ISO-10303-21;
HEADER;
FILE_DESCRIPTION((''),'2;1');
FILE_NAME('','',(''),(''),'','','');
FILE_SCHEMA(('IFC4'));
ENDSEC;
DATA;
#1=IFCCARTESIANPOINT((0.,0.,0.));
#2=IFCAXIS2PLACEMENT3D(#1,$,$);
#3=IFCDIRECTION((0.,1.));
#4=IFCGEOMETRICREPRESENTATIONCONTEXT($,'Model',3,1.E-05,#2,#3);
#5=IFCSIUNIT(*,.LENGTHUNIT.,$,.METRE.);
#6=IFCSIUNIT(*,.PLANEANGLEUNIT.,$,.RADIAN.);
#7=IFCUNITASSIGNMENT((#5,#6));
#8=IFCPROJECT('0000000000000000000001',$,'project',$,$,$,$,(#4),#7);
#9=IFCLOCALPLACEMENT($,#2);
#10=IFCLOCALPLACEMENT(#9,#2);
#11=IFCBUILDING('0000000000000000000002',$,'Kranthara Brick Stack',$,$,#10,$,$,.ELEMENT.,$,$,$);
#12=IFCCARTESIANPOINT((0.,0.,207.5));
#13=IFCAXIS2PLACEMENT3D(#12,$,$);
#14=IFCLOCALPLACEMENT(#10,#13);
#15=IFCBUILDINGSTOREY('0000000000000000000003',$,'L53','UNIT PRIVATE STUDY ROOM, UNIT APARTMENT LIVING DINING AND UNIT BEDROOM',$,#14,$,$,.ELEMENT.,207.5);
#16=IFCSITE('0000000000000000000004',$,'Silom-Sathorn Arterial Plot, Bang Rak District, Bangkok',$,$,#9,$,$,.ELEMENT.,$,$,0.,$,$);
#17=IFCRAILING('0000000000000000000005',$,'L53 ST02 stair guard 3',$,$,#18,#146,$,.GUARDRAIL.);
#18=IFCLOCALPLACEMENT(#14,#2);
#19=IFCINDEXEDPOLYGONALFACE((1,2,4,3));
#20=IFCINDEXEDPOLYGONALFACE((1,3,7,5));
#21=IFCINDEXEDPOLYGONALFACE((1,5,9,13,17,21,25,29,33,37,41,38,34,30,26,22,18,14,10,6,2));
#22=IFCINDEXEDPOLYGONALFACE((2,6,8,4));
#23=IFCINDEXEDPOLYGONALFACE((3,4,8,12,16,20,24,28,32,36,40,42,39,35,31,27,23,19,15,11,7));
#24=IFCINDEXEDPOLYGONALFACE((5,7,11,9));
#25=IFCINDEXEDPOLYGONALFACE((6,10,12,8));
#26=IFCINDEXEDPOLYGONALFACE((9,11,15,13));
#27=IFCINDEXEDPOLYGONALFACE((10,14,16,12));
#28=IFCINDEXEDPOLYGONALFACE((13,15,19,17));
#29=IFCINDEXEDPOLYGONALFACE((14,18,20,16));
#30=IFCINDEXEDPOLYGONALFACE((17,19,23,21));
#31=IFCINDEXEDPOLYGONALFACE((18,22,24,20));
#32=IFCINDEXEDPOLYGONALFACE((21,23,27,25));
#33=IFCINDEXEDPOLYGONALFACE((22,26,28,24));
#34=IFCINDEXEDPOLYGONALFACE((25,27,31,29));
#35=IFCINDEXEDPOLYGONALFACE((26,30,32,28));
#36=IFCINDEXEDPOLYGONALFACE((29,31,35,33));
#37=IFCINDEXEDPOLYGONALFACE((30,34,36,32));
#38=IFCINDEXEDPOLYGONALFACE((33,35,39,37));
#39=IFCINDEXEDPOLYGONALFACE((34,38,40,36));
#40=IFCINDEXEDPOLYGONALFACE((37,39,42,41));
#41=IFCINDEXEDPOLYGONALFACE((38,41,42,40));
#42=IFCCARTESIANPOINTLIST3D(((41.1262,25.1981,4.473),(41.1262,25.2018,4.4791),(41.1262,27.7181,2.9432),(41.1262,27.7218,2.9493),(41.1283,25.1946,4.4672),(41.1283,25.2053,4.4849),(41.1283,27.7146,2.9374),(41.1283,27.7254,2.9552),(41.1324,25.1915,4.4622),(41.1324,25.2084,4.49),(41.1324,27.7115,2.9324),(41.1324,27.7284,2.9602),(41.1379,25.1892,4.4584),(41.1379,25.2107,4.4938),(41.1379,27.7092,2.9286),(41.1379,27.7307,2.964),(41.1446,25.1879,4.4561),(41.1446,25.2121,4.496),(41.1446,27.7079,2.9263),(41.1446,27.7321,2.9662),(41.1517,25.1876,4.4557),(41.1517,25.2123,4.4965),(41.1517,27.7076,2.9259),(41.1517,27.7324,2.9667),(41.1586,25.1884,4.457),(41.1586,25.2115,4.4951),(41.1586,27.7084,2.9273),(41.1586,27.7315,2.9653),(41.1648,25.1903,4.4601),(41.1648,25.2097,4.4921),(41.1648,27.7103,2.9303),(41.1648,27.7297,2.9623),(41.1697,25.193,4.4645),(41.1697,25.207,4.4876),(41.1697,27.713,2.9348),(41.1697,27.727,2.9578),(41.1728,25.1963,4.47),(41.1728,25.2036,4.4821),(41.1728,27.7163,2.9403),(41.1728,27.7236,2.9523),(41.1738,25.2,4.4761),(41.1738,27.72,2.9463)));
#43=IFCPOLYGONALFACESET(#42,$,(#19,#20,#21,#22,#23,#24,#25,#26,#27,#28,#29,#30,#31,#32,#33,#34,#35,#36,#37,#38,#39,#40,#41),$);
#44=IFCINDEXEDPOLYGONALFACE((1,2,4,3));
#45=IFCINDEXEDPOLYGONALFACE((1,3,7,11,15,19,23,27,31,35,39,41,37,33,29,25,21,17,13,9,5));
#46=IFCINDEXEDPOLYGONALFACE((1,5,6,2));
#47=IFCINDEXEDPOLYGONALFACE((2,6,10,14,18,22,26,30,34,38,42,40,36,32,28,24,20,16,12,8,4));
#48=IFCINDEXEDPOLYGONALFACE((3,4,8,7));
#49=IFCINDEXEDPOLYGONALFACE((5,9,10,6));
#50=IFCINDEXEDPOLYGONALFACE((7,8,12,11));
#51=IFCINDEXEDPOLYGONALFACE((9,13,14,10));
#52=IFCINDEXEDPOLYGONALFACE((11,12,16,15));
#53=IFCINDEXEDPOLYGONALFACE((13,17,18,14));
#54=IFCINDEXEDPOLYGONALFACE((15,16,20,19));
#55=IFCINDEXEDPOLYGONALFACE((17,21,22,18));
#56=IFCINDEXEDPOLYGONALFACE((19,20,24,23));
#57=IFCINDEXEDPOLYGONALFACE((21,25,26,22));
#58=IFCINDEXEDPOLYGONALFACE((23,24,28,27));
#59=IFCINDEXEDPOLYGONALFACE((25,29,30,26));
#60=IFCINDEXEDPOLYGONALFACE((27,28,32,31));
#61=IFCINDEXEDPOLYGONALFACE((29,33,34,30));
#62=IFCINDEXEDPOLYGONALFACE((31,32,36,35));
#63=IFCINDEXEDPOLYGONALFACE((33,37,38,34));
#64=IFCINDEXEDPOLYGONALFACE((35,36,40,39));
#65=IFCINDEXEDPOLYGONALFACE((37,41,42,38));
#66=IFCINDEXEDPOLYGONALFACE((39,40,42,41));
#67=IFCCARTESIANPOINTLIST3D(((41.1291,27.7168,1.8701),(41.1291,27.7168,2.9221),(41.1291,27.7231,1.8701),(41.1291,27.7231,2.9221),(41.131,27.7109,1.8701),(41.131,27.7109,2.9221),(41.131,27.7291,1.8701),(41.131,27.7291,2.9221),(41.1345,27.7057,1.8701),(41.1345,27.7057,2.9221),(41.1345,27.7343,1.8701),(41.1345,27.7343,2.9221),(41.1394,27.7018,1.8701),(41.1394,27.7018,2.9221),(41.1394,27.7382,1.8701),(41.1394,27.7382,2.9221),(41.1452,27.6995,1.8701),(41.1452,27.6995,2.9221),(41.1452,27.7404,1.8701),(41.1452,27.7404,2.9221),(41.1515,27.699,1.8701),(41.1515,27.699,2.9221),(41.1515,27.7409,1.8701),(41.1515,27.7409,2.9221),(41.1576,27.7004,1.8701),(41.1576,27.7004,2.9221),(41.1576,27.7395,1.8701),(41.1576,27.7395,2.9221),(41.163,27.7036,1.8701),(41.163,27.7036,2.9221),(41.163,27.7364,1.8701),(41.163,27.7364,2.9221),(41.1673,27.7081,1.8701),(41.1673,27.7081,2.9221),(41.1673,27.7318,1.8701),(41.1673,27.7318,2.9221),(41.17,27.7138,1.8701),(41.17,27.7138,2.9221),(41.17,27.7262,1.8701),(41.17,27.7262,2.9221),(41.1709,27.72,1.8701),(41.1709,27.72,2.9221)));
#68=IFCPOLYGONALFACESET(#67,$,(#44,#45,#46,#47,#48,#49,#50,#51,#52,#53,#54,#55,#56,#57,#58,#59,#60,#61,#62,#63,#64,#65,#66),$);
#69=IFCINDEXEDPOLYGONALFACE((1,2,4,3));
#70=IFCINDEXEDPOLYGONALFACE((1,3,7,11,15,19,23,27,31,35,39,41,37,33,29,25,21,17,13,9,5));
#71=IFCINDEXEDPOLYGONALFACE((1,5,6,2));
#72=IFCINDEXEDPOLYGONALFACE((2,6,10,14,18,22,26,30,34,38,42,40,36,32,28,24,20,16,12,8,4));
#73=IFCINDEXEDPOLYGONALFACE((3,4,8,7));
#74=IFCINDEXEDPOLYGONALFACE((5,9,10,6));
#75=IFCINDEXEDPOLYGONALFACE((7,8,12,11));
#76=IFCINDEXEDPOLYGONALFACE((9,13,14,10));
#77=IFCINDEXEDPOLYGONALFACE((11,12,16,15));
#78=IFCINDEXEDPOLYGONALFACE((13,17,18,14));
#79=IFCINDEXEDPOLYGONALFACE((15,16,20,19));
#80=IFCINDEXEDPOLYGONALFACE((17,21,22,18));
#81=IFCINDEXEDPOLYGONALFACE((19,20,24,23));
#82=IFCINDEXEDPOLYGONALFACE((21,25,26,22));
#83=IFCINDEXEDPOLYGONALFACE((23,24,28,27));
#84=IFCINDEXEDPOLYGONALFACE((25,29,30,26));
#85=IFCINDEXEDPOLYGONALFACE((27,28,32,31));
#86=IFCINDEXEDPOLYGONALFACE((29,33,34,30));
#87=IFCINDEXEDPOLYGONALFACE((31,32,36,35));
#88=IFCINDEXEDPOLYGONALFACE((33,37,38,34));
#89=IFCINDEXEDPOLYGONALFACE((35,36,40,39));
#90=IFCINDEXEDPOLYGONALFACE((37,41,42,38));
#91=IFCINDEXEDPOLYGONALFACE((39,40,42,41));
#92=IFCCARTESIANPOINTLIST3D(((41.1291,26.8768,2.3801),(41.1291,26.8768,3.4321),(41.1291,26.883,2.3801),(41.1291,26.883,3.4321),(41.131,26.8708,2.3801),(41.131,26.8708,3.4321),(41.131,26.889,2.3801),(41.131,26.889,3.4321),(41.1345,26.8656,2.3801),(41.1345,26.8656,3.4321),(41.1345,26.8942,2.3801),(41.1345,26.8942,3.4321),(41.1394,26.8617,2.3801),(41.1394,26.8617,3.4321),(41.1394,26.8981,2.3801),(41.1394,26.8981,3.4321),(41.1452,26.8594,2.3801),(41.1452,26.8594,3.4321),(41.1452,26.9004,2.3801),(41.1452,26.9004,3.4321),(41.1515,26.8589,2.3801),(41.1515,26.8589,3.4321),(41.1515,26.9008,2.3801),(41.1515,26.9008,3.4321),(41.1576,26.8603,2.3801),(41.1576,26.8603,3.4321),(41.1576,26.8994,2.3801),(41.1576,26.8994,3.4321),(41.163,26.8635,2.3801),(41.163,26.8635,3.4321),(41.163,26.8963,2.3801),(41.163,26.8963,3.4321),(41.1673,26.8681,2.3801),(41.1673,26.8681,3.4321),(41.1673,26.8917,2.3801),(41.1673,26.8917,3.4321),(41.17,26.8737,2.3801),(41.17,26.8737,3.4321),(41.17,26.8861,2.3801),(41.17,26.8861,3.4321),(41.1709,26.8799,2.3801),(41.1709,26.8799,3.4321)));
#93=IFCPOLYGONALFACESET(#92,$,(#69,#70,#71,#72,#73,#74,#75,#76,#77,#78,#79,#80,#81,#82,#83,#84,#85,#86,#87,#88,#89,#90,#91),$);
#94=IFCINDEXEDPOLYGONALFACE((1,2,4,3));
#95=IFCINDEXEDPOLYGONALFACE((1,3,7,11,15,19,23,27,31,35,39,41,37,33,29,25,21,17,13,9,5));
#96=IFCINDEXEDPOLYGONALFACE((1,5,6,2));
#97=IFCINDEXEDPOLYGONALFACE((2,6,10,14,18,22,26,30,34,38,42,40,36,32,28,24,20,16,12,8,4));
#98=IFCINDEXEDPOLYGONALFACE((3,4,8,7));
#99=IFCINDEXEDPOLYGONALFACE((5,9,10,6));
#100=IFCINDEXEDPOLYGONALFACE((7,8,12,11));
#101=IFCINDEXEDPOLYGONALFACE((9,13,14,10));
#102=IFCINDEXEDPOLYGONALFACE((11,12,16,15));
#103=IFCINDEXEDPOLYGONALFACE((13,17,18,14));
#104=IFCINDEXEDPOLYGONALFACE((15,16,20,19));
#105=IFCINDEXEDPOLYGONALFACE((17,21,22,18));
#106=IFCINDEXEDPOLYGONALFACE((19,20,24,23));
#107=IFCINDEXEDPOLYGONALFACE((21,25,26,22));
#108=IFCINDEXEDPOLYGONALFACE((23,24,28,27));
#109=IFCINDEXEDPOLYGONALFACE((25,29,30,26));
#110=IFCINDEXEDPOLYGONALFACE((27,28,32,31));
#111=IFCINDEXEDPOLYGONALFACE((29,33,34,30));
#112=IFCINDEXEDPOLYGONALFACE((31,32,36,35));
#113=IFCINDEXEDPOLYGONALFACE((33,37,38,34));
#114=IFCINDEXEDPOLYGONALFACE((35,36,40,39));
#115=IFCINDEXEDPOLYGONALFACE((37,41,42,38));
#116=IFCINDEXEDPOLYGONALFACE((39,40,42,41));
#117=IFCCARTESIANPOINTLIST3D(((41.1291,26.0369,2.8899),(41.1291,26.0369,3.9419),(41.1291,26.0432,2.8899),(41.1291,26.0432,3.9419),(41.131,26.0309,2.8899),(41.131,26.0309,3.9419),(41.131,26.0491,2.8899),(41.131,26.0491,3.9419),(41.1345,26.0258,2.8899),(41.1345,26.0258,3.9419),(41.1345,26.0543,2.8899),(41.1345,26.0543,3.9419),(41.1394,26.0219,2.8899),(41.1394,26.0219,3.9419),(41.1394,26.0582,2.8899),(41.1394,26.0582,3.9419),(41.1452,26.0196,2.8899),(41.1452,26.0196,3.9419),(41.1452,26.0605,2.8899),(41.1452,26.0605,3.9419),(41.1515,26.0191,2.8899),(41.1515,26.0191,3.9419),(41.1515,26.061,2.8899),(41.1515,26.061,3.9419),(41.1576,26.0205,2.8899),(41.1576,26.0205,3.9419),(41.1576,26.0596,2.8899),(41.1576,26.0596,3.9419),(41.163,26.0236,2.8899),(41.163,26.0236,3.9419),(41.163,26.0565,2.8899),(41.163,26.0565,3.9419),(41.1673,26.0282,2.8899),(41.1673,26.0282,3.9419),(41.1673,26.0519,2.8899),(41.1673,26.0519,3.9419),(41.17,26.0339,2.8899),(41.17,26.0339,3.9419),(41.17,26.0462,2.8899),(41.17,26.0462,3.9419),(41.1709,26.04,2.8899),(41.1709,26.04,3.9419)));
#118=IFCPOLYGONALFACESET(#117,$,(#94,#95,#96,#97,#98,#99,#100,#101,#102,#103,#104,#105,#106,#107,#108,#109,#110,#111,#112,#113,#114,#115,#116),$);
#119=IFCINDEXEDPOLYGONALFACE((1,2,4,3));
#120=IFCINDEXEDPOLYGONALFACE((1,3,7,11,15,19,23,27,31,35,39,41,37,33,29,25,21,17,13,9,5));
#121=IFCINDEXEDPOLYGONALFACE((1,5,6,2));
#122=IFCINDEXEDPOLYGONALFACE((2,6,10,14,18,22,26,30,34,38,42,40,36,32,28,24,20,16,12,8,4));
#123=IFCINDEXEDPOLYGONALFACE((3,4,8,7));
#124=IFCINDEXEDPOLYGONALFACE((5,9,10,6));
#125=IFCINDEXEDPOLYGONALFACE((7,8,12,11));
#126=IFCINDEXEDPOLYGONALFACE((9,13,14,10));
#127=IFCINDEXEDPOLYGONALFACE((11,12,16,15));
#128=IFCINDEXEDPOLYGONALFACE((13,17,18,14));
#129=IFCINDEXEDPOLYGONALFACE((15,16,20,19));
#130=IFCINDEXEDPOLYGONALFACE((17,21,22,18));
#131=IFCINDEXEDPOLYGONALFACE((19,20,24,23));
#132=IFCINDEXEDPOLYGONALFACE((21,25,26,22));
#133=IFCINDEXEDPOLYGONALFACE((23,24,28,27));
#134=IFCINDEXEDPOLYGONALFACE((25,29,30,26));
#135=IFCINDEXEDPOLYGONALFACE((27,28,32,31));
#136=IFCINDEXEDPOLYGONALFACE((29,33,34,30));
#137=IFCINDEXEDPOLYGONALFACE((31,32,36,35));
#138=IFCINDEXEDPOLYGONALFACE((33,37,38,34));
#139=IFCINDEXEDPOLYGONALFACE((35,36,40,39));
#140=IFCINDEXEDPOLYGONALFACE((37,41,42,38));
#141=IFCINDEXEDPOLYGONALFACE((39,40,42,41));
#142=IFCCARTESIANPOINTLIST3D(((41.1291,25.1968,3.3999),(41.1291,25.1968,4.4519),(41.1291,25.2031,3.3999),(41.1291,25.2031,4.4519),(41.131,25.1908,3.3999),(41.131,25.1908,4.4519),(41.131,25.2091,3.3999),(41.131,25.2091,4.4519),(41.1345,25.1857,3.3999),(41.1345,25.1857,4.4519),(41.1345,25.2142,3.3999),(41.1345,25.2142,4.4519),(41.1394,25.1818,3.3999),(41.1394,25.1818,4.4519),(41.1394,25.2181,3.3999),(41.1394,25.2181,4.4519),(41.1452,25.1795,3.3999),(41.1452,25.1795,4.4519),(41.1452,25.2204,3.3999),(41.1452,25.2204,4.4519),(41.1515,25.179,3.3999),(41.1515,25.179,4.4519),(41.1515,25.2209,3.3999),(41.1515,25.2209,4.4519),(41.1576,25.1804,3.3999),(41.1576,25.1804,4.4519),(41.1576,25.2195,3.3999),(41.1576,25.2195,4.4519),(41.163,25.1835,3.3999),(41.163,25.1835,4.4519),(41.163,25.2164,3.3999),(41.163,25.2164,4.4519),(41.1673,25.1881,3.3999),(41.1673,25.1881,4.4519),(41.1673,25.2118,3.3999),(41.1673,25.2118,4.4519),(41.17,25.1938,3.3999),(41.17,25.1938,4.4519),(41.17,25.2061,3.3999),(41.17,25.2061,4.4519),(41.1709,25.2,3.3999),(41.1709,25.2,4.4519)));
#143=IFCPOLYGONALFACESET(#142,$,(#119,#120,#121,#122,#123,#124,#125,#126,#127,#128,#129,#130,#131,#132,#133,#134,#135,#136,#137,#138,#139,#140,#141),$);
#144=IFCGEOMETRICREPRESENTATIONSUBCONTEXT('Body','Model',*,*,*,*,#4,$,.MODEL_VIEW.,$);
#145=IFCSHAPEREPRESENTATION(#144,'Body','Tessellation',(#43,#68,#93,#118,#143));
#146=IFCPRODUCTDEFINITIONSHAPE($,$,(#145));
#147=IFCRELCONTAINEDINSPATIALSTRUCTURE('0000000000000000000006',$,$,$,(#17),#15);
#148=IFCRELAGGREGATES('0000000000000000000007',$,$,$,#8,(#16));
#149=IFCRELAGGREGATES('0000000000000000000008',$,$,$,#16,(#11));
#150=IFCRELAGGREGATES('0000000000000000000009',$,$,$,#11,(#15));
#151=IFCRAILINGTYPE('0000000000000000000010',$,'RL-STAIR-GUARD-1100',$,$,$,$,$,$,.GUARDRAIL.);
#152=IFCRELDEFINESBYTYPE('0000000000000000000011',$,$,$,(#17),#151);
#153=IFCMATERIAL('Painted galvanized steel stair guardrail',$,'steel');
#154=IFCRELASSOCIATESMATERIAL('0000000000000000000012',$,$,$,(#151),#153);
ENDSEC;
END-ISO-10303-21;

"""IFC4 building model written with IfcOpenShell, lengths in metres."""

from ifc_helpers import new_model, si_unit, direction, frame, origin, origin_2d, place, context, subcontext, project, spatial, circle, extrude, material, type_object, element, save


model = new_model("IFC4")

# Units and contexts
model_context = context("Model", 3, precision=1e-05, world=origin(), true_north=direction((0.0, 1.0)))
body_context = subcontext(model_context, "Body", "Model", "MODEL_VIEW")
ifc_project = project(units=[si_unit("LENGTHUNIT", "METRE"), si_unit("PLANEANGLEUNIT", "RADIAN")], contexts=[model_context])

# Site, building, storey
site_placement = place(None, origin())
site = spatial("IfcSite", under=ifc_project, at=site_placement, Name="Silom-Sathorn Arterial Plot, Bang Rak District, Bangkok", CompositionType="ELEMENT", RefElevation=0.0)
building_placement = place(site_placement, origin())
building = spatial("IfcBuilding", under=site, at=building_placement, Name="Kranthara Brick Stack", CompositionType="ELEMENT")
storey_placement = place(building_placement, frame((0.0, 0.0, 207.5)))
storey = spatial("IfcBuildingStorey", under=building, at=storey_placement, Name="L53", Description="UNIT PRIVATE STUDY ROOM, UNIT APARTMENT LIVING DINING AND UNIT BEDROOM", CompositionType="ELEMENT", Elevation=207.5)

# Railing
ifc_material_1 = material(Name="Painted galvanized steel stair guardrail", Category="steel")
railing_type_1 = type_object("IfcRailingType", Name="RL-STAIR-GUARD-1100", PredefinedType="GUARDRAIL", material=ifc_material_1)
railing_1_placement = place(storey_placement, frame((41.1499, 27.72, 1.8701)))
element("IfcRailing", 1, at=railing_1_placement, inside=storey, type_object=railing_type_1, Name="L53 ST02 stair guard 3", PredefinedType="GUARDRAIL", context=body_context, shape_type="SweptSolid", body=[
    extrude(circle(Radius=0.0239, at=origin_2d()), frame((0.0, 0.0, 1.0762), z_axis=(0.0, -0.854822, 0.518922), x_axis=(1.0, 0.0, 0.0)), (0.0, 0.0, 1.0), 2.948),
    extrude(circle(Radius=0.021, at=origin_2d()), origin(), (0.0, 0.0, 1.0), 1.052),
    extrude(circle(Radius=0.021, at=origin_2d()), frame((0.0, -0.8401, 0.51)), (0.0, 0.0, 1.0), 1.052),
    extrude(circle(Radius=0.021, at=origin_2d()), frame((0.0, -1.6799, 1.0198)), (0.0, 0.0, 1.0), 1.052),
    extrude(circle(Radius=0.021, at=origin_2d()), frame((0.0, -2.52, 1.5298)), (0.0, 0.0, 1.0), 1.052),
])

save(model, "model.ifc")
